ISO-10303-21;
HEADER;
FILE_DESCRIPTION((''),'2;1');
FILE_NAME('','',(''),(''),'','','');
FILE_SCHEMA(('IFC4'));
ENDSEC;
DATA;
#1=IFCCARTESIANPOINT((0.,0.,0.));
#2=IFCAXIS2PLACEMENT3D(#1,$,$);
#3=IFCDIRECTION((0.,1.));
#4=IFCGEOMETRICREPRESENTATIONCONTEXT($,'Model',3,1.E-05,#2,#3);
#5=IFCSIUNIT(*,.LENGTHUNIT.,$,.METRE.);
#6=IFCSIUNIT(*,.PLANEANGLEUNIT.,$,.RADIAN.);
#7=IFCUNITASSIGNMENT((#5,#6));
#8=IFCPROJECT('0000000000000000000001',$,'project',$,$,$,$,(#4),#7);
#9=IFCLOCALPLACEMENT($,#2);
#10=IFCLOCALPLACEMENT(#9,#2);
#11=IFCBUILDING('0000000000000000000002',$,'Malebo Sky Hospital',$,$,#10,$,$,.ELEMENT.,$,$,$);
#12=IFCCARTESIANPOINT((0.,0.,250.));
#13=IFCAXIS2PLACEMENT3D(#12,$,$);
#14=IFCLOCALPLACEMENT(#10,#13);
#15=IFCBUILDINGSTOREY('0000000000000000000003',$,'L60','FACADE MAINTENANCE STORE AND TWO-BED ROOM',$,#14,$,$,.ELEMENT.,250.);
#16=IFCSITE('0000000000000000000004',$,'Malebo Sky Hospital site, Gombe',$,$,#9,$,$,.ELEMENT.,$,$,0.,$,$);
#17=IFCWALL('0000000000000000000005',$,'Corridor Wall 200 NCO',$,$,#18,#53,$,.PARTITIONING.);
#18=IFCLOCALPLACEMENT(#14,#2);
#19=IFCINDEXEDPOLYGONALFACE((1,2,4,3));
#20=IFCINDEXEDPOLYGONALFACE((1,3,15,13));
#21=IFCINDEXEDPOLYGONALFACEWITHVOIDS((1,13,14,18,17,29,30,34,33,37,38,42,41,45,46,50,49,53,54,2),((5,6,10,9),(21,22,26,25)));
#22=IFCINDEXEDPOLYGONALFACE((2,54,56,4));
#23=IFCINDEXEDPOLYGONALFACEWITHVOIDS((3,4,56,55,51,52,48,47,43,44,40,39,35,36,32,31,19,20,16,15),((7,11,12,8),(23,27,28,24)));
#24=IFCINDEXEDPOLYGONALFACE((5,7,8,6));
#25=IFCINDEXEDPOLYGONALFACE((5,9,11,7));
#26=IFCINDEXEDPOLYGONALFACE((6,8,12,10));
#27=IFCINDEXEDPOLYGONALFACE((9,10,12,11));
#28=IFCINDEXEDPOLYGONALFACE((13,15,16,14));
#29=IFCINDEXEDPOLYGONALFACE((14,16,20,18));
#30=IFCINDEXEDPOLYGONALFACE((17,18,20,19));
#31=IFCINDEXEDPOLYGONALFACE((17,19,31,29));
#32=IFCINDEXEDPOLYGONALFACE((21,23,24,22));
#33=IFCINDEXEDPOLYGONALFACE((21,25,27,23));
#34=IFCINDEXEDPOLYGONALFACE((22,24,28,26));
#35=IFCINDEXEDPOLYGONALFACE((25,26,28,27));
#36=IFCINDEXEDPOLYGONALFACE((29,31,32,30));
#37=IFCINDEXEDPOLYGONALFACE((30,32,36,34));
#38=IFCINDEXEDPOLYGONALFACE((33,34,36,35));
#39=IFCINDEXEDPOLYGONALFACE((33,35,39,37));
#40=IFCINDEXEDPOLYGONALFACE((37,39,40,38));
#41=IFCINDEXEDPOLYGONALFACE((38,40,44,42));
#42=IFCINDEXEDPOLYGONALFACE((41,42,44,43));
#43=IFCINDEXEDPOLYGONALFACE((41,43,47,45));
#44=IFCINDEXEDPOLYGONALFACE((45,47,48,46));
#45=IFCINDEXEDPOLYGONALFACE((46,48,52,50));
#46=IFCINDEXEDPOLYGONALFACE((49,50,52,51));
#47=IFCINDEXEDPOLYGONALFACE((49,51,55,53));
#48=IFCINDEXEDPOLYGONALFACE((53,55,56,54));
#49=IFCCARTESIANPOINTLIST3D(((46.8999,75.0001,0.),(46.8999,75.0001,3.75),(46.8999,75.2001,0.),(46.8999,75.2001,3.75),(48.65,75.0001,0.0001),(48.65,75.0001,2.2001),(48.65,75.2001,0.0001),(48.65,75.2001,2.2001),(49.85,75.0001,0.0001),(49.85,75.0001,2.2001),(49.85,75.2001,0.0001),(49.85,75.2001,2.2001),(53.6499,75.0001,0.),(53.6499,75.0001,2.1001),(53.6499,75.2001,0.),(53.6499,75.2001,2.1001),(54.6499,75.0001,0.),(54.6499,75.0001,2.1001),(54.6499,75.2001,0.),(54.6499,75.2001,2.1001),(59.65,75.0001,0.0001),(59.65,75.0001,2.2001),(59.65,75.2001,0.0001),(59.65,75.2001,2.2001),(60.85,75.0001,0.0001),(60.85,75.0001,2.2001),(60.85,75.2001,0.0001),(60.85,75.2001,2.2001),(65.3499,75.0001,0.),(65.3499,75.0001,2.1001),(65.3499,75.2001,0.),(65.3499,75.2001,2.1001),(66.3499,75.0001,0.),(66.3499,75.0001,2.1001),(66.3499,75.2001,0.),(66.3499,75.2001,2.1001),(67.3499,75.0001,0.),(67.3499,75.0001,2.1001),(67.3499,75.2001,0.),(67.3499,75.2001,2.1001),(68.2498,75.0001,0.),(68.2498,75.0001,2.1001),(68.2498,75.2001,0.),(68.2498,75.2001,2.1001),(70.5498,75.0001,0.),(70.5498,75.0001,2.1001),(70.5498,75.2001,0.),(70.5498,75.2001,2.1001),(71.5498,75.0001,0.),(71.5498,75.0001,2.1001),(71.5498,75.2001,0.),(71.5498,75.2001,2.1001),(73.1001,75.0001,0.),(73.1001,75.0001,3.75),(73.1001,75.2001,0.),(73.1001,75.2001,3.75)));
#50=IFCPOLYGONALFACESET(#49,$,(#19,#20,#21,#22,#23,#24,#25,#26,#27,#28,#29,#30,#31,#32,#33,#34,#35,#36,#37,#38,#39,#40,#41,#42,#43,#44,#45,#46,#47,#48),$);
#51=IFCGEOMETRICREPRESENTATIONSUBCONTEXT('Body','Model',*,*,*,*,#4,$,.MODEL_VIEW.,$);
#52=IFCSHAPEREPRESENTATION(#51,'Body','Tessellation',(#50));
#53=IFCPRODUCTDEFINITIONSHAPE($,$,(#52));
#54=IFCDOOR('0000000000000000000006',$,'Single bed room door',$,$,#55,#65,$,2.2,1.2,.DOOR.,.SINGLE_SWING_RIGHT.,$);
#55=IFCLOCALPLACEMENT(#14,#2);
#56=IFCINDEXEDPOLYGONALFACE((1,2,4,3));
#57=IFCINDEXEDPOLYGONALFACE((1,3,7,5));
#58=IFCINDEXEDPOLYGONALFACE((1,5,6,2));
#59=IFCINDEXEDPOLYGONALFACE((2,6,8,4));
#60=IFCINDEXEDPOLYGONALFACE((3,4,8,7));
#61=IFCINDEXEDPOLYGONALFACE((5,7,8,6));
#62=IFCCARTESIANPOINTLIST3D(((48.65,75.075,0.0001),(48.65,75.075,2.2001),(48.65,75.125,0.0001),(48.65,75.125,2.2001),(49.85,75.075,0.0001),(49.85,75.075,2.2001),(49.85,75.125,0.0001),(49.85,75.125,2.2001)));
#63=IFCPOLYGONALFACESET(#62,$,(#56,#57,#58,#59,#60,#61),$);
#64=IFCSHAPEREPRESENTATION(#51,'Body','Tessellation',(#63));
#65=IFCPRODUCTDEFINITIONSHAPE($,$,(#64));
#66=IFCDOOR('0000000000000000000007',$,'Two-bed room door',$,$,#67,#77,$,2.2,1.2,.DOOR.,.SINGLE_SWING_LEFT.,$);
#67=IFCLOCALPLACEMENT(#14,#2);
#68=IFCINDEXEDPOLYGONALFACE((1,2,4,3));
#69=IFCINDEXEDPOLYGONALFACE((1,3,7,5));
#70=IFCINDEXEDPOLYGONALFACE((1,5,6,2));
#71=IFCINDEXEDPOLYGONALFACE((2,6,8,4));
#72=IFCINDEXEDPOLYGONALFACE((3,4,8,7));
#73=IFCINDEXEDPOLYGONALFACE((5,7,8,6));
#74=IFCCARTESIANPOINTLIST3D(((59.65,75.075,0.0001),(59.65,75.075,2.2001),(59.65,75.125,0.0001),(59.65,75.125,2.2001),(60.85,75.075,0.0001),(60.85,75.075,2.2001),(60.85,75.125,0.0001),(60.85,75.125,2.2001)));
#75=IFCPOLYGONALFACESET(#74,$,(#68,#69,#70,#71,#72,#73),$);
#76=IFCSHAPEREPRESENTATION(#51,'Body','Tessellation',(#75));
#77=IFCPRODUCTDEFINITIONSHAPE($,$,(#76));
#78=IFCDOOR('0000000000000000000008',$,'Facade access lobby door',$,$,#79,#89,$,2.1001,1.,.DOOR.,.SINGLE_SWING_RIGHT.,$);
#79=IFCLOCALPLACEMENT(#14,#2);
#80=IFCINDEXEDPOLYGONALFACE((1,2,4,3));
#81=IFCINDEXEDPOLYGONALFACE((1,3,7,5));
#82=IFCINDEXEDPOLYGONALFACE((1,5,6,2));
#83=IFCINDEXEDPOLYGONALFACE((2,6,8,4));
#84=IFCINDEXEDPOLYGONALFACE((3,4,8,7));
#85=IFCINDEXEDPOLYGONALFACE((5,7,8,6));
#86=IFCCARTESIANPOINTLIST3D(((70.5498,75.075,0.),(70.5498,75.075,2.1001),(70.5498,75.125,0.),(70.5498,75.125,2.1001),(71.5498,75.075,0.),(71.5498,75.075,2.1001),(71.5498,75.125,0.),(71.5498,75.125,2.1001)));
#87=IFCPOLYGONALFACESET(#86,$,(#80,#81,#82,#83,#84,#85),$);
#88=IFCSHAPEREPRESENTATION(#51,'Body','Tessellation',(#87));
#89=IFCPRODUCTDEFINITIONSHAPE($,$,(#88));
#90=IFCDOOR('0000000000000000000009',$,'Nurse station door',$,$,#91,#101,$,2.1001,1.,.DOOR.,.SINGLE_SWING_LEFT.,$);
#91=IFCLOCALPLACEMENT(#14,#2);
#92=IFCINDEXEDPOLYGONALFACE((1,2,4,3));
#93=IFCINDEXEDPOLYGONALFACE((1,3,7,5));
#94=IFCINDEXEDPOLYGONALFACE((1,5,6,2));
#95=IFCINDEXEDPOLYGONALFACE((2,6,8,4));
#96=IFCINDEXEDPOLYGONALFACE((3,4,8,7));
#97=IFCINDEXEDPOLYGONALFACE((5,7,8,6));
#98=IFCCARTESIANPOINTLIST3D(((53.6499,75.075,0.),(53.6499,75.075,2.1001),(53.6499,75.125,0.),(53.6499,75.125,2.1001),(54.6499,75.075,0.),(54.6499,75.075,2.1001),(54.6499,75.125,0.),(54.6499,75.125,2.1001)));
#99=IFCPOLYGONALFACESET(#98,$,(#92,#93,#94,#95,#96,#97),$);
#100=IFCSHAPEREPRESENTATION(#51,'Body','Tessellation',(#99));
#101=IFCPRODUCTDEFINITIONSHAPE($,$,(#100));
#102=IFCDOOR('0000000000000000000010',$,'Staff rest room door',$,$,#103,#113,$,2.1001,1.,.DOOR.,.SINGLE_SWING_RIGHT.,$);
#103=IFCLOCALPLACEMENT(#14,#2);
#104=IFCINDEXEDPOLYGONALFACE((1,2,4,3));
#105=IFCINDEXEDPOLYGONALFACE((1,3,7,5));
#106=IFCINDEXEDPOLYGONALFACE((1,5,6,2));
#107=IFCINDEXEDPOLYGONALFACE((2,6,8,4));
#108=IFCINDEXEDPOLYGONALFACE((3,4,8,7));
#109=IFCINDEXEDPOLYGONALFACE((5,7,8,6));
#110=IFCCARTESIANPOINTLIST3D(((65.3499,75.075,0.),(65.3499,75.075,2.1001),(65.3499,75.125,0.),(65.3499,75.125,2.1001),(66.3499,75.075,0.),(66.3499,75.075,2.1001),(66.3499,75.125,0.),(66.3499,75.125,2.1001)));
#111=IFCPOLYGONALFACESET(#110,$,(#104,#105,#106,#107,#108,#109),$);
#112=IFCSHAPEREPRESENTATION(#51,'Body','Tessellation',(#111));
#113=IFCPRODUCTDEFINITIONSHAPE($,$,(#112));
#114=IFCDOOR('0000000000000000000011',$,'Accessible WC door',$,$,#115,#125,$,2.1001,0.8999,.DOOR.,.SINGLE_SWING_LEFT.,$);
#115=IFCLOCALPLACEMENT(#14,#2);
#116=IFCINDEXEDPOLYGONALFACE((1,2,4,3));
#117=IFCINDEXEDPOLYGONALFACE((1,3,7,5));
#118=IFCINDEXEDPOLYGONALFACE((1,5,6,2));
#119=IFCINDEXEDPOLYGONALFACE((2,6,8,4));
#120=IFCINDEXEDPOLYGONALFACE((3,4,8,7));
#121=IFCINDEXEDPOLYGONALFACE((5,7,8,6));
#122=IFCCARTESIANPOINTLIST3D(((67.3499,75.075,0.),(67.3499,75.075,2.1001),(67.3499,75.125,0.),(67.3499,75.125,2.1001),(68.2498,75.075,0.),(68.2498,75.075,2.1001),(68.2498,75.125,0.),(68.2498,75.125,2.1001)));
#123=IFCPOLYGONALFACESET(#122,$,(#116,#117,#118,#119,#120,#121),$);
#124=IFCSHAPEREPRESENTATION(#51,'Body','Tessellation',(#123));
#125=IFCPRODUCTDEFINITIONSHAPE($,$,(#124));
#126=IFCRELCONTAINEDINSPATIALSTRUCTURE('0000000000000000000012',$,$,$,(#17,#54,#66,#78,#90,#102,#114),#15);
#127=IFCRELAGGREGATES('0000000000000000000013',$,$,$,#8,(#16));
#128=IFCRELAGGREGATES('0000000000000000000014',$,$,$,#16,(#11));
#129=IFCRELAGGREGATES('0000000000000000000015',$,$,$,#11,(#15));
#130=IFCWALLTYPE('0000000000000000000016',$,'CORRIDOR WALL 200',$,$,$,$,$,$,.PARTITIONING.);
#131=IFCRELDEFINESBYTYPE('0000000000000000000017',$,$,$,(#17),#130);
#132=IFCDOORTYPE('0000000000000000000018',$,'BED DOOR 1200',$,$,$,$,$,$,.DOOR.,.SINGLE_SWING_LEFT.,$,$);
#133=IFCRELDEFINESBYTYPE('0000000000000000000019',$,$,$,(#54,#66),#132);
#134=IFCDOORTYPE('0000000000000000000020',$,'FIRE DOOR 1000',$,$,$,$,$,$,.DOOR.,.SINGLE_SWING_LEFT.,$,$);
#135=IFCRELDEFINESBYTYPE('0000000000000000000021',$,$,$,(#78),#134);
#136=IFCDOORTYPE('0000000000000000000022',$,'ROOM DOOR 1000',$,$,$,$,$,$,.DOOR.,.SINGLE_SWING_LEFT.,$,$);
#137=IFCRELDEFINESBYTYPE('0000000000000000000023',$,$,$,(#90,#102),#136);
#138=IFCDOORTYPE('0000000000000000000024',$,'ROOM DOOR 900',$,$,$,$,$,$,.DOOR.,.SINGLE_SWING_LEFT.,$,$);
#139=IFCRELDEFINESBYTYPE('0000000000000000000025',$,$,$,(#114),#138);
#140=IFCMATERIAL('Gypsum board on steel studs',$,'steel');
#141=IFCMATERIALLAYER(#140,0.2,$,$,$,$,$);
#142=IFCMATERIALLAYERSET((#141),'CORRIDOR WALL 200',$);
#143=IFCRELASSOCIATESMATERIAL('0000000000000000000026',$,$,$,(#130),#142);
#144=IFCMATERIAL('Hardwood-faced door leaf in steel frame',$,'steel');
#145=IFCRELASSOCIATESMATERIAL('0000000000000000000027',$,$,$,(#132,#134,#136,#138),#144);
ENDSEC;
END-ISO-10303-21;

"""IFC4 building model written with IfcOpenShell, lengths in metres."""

from ifc_helpers import new_model, si_unit, direction, frame, frame_2d, origin, place, context, subcontext, project, spatial, rectangle, extrude, material, layer, layer_set, type_object, element, fill, save


model = new_model("IFC4")

# Units and contexts
model_context = context("Model", 3, precision=1e-05, world=origin(), true_north=direction((0.0, 1.0)))
body_context = subcontext(model_context, "Body", "Model", "MODEL_VIEW")
ifc_project = project(units=[si_unit("LENGTHUNIT", "METRE"), si_unit("PLANEANGLEUNIT", "RADIAN")], contexts=[model_context])

# Site, building, storey
site_placement = place(None, origin())
site = spatial("IfcSite", under=ifc_project, at=site_placement, Name="Malebo Sky Hospital site, Gombe", CompositionType="ELEMENT", RefElevation=0.0)
building_placement = place(site_placement, origin())
building = spatial("IfcBuilding", under=site, at=building_placement, Name="Malebo Sky Hospital", CompositionType="ELEMENT")
storey_placement = place(building_placement, frame((0.0, 0.0, 250.0)))
storey = spatial("IfcBuildingStorey", under=building, at=storey_placement, Name="L60", Description="FACADE MAINTENANCE STORE AND TWO-BED ROOM", CompositionType="ELEMENT", Elevation=250.0)

# Shared definitions
ifc_material_1 = material(Name="Hardwood-faced door leaf in steel frame", Category="steel")

# Wall, openings, doors
ifc_material_2 = material(Name="Gypsum board on steel studs", Category="steel")
ifc_layer_1 = layer(ifc_material_2, 0.2)
ifc_layer_set_1 = layer_set([ifc_layer_1], Name="CORRIDOR WALL 200")
wall_type_1 = type_object("IfcWallType", Name="CORRIDOR WALL 200", PredefinedType="PARTITIONING", material=ifc_layer_set_1)
wall_1_placement = place(storey_placement, frame((46.8999, 75.1001, 0.0), z_axis=(0.0, 0.0, 1.0), x_axis=(1.0, 0.0, 0.0)))
wall_1 = element("IfcWall", 1, at=wall_1_placement, inside=storey, type_object=wall_type_1, Name="Corridor Wall 200 NCO", PredefinedType="PARTITIONING", context=body_context, shape_type="SweptSolid", body=[
    extrude(rectangle(XDim=26.2002, YDim=0.2, at=frame_2d((13.1001, 0.0))), origin(), (0.0, 0.0, 1.0), 3.75),
])
opening_1_placement = place(wall_1_placement, frame((1.75, 0.0, 0.0)))
opening_1 = element("IfcOpeningElement", 2, at=opening_1_placement, cuts=wall_1, PredefinedType="OPENING", context=body_context, shape_type="SweptSolid", body=[
    extrude(rectangle(XDim=1.2, YDim=2.2, at=frame_2d((0.6001, 1.1001))), frame((0.0, 0.1099, 0.0), z_axis=(0.0, -1.0, 0.0), x_axis=(1.0, 0.0, 0.0)), (0.0, 0.0, 1.0), 0.22),
])
opening_2_placement = place(wall_1_placement, frame((6.75, 0.0, 0.0)))
opening_2 = element("IfcOpeningElement", 3, at=opening_2_placement, cuts=wall_1, PredefinedType="OPENING", context=body_context, shape_type="SweptSolid", body=[
    extrude(rectangle(XDim=1.0, YDim=2.1001, at=frame_2d((0.5, 1.05))), frame((0.0, 0.1099, 0.0), z_axis=(0.0, -1.0, 0.0), x_axis=(1.0, 0.0, 0.0)), (0.0, 0.0, 1.0), 0.22),
])
opening_3_placement = place(wall_1_placement, frame((12.75, 0.0, 0.0)))
opening_3 = element("IfcOpeningElement", 4, at=opening_3_placement, cuts=wall_1, PredefinedType="OPENING", context=body_context, shape_type="SweptSolid", body=[
    extrude(rectangle(XDim=1.2, YDim=2.2, at=frame_2d((0.6001, 1.1001))), frame((0.0, 0.1099, 0.0), z_axis=(0.0, -1.0, 0.0), x_axis=(1.0, 0.0, 0.0)), (0.0, 0.0, 1.0), 0.22),
])
opening_4_placement = place(wall_1_placement, frame((20.45, 0.0, 0.0)))
opening_4 = element("IfcOpeningElement", 5, at=opening_4_placement, cuts=wall_1, PredefinedType="OPENING", context=body_context, shape_type="SweptSolid", body=[
    extrude(rectangle(XDim=0.8999, YDim=2.1001, at=frame_2d((0.45, 1.05))), frame((0.0, 0.1099, 0.0), z_axis=(0.0, -1.0, 0.0), x_axis=(1.0, 0.0, 0.0)), (0.0, 0.0, 1.0), 0.22),
])
opening_5_placement = place(wall_1_placement, frame((18.45, 0.0, 0.0)))
opening_5 = element("IfcOpeningElement", 6, at=opening_5_placement, cuts=wall_1, PredefinedType="OPENING", context=body_context, shape_type="SweptSolid", body=[
    extrude(rectangle(XDim=1.0, YDim=2.1001, at=frame_2d((0.5, 1.05))), frame((0.0, 0.1099, 0.0), z_axis=(0.0, -1.0, 0.0), x_axis=(1.0, 0.0, 0.0)), (0.0, 0.0, 1.0), 0.22),
])
opening_6_placement = place(wall_1_placement, frame((23.6499, 0.0, 0.0)))
opening_6 = element("IfcOpeningElement", 7, at=opening_6_placement, cuts=wall_1, PredefinedType="OPENING", context=body_context, shape_type="SweptSolid", body=[
    extrude(rectangle(XDim=1.0, YDim=2.1001, at=frame_2d((0.5, 1.05))), frame((0.0, 0.1099, 0.0), z_axis=(0.0, -1.0, 0.0), x_axis=(1.0, 0.0, 0.0)), (0.0, 0.0, 1.0), 0.22),
])
door_type_1 = type_object("IfcDoorType", Name="BED DOOR 1200", OperationType="SINGLE_SWING_LEFT", PredefinedType="DOOR", material=ifc_material_1)
door_1_placement = place(opening_1_placement, origin())
door_1 = element("IfcDoor", 8, at=door_1_placement, inside=storey, type_object=door_type_1, Name="Single bed room door", OperationType="SINGLE_SWING_RIGHT", OverallHeight=2.2, OverallWidth=1.2, PredefinedType="DOOR", context=body_context, shape_type="SweptSolid", body=[
    extrude(rectangle(XDim=1.2, YDim=2.2, at=frame_2d((0.6001, 1.1001))), frame((0.0, 0.0249, 0.0), z_axis=(0.0, -1.0, 0.0), x_axis=(1.0, 0.0, 0.0)), (0.0, 0.0, 1.0), 0.05),
])
fill(opening_1, door_1)
door_2_placement = place(opening_3_placement, origin())
door_2 = element("IfcDoor", 9, at=door_2_placement, inside=storey, type_object=door_type_1, Name="Two-bed room door", OperationType="SINGLE_SWING_LEFT", OverallHeight=2.2, OverallWidth=1.2, PredefinedType="DOOR", context=body_context, shape_type="SweptSolid", body=[
    extrude(rectangle(XDim=1.2, YDim=2.2, at=frame_2d((0.6001, 1.1001))), frame((0.0, 0.0249, 0.0), z_axis=(0.0, -1.0, 0.0), x_axis=(1.0, 0.0, 0.0)), (0.0, 0.0, 1.0), 0.05),
])
fill(opening_3, door_2)
door_type_2 = type_object("IfcDoorType", Name="FIRE DOOR 1000", OperationType="SINGLE_SWING_LEFT", PredefinedType="DOOR", material=ifc_material_1)
door_3_placement = place(opening_6_placement, origin())
door_3 = element("IfcDoor", 10, at=door_3_placement, inside=storey, type_object=door_type_2, Name="Facade access lobby door", OperationType="SINGLE_SWING_RIGHT", OverallHeight=2.1001, OverallWidth=1.0, PredefinedType="DOOR", context=body_context, shape_type="SweptSolid", body=[
    extrude(rectangle(XDim=1.0, YDim=2.1001, at=frame_2d((0.5, 1.05))), frame((0.0, 0.0249, 0.0), z_axis=(0.0, -1.0, 0.0), x_axis=(1.0, 0.0, 0.0)), (0.0, 0.0, 1.0), 0.05),
])
fill(opening_6, door_3)
door_type_3 = type_object("IfcDoorType", Name="ROOM DOOR 1000", OperationType="SINGLE_SWING_LEFT", PredefinedType="DOOR", material=ifc_material_1)
door_4_placement = place(opening_2_placement, origin())
door_4 = element("IfcDoor", 11, at=door_4_placement, inside=storey, type_object=door_type_3, Name="Nurse station door", OperationType="SINGLE_SWING_LEFT", OverallHeight=2.1001, OverallWidth=1.0, PredefinedType="DOOR", context=body_context, shape_type="SweptSolid", body=[
    extrude(rectangle(XDim=1.0, YDim=2.1001, at=frame_2d((0.5, 1.05))), frame((0.0, 0.0249, 0.0), z_axis=(0.0, -1.0, 0.0), x_axis=(1.0, 0.0, 0.0)), (0.0, 0.0, 1.0), 0.05),
])
fill(opening_2, door_4)
door_5_placement = place(opening_5_placement, origin())
door_5 = element("IfcDoor", 12, at=door_5_placement, inside=storey, type_object=door_type_3, Name="Staff rest room door", OperationType="SINGLE_SWING_RIGHT", OverallHeight=2.1001, OverallWidth=1.0, PredefinedType="DOOR", context=body_context, shape_type="SweptSolid", body=[
    extrude(rectangle(XDim=1.0, YDim=2.1001, at=frame_2d((0.5, 1.05))), frame((0.0, 0.0249, 0.0), z_axis=(0.0, -1.0, 0.0), x_axis=(1.0, 0.0, 0.0)), (0.0, 0.0, 1.0), 0.05),
])
fill(opening_5, door_5)
door_type_4 = type_object("IfcDoorType", Name="ROOM DOOR 900", OperationType="SINGLE_SWING_LEFT", PredefinedType="DOOR", material=ifc_material_1)
door_6_placement = place(opening_4_placement, origin())
door_6 = element("IfcDoor", 13, at=door_6_placement, inside=storey, type_object=door_type_4, Name="Accessible WC door", OperationType="SINGLE_SWING_LEFT", OverallHeight=2.1001, OverallWidth=0.8999, PredefinedType="DOOR", context=body_context, shape_type="SweptSolid", body=[
    extrude(rectangle(XDim=0.8999, YDim=2.1001, at=frame_2d((0.45, 1.05))), frame((0.0, 0.0249, 0.0), z_axis=(0.0, -1.0, 0.0), x_axis=(1.0, 0.0, 0.0)), (0.0, 0.0, 1.0), 0.05),
])
fill(opening_4, door_6)

save(model, "model.ifc")
